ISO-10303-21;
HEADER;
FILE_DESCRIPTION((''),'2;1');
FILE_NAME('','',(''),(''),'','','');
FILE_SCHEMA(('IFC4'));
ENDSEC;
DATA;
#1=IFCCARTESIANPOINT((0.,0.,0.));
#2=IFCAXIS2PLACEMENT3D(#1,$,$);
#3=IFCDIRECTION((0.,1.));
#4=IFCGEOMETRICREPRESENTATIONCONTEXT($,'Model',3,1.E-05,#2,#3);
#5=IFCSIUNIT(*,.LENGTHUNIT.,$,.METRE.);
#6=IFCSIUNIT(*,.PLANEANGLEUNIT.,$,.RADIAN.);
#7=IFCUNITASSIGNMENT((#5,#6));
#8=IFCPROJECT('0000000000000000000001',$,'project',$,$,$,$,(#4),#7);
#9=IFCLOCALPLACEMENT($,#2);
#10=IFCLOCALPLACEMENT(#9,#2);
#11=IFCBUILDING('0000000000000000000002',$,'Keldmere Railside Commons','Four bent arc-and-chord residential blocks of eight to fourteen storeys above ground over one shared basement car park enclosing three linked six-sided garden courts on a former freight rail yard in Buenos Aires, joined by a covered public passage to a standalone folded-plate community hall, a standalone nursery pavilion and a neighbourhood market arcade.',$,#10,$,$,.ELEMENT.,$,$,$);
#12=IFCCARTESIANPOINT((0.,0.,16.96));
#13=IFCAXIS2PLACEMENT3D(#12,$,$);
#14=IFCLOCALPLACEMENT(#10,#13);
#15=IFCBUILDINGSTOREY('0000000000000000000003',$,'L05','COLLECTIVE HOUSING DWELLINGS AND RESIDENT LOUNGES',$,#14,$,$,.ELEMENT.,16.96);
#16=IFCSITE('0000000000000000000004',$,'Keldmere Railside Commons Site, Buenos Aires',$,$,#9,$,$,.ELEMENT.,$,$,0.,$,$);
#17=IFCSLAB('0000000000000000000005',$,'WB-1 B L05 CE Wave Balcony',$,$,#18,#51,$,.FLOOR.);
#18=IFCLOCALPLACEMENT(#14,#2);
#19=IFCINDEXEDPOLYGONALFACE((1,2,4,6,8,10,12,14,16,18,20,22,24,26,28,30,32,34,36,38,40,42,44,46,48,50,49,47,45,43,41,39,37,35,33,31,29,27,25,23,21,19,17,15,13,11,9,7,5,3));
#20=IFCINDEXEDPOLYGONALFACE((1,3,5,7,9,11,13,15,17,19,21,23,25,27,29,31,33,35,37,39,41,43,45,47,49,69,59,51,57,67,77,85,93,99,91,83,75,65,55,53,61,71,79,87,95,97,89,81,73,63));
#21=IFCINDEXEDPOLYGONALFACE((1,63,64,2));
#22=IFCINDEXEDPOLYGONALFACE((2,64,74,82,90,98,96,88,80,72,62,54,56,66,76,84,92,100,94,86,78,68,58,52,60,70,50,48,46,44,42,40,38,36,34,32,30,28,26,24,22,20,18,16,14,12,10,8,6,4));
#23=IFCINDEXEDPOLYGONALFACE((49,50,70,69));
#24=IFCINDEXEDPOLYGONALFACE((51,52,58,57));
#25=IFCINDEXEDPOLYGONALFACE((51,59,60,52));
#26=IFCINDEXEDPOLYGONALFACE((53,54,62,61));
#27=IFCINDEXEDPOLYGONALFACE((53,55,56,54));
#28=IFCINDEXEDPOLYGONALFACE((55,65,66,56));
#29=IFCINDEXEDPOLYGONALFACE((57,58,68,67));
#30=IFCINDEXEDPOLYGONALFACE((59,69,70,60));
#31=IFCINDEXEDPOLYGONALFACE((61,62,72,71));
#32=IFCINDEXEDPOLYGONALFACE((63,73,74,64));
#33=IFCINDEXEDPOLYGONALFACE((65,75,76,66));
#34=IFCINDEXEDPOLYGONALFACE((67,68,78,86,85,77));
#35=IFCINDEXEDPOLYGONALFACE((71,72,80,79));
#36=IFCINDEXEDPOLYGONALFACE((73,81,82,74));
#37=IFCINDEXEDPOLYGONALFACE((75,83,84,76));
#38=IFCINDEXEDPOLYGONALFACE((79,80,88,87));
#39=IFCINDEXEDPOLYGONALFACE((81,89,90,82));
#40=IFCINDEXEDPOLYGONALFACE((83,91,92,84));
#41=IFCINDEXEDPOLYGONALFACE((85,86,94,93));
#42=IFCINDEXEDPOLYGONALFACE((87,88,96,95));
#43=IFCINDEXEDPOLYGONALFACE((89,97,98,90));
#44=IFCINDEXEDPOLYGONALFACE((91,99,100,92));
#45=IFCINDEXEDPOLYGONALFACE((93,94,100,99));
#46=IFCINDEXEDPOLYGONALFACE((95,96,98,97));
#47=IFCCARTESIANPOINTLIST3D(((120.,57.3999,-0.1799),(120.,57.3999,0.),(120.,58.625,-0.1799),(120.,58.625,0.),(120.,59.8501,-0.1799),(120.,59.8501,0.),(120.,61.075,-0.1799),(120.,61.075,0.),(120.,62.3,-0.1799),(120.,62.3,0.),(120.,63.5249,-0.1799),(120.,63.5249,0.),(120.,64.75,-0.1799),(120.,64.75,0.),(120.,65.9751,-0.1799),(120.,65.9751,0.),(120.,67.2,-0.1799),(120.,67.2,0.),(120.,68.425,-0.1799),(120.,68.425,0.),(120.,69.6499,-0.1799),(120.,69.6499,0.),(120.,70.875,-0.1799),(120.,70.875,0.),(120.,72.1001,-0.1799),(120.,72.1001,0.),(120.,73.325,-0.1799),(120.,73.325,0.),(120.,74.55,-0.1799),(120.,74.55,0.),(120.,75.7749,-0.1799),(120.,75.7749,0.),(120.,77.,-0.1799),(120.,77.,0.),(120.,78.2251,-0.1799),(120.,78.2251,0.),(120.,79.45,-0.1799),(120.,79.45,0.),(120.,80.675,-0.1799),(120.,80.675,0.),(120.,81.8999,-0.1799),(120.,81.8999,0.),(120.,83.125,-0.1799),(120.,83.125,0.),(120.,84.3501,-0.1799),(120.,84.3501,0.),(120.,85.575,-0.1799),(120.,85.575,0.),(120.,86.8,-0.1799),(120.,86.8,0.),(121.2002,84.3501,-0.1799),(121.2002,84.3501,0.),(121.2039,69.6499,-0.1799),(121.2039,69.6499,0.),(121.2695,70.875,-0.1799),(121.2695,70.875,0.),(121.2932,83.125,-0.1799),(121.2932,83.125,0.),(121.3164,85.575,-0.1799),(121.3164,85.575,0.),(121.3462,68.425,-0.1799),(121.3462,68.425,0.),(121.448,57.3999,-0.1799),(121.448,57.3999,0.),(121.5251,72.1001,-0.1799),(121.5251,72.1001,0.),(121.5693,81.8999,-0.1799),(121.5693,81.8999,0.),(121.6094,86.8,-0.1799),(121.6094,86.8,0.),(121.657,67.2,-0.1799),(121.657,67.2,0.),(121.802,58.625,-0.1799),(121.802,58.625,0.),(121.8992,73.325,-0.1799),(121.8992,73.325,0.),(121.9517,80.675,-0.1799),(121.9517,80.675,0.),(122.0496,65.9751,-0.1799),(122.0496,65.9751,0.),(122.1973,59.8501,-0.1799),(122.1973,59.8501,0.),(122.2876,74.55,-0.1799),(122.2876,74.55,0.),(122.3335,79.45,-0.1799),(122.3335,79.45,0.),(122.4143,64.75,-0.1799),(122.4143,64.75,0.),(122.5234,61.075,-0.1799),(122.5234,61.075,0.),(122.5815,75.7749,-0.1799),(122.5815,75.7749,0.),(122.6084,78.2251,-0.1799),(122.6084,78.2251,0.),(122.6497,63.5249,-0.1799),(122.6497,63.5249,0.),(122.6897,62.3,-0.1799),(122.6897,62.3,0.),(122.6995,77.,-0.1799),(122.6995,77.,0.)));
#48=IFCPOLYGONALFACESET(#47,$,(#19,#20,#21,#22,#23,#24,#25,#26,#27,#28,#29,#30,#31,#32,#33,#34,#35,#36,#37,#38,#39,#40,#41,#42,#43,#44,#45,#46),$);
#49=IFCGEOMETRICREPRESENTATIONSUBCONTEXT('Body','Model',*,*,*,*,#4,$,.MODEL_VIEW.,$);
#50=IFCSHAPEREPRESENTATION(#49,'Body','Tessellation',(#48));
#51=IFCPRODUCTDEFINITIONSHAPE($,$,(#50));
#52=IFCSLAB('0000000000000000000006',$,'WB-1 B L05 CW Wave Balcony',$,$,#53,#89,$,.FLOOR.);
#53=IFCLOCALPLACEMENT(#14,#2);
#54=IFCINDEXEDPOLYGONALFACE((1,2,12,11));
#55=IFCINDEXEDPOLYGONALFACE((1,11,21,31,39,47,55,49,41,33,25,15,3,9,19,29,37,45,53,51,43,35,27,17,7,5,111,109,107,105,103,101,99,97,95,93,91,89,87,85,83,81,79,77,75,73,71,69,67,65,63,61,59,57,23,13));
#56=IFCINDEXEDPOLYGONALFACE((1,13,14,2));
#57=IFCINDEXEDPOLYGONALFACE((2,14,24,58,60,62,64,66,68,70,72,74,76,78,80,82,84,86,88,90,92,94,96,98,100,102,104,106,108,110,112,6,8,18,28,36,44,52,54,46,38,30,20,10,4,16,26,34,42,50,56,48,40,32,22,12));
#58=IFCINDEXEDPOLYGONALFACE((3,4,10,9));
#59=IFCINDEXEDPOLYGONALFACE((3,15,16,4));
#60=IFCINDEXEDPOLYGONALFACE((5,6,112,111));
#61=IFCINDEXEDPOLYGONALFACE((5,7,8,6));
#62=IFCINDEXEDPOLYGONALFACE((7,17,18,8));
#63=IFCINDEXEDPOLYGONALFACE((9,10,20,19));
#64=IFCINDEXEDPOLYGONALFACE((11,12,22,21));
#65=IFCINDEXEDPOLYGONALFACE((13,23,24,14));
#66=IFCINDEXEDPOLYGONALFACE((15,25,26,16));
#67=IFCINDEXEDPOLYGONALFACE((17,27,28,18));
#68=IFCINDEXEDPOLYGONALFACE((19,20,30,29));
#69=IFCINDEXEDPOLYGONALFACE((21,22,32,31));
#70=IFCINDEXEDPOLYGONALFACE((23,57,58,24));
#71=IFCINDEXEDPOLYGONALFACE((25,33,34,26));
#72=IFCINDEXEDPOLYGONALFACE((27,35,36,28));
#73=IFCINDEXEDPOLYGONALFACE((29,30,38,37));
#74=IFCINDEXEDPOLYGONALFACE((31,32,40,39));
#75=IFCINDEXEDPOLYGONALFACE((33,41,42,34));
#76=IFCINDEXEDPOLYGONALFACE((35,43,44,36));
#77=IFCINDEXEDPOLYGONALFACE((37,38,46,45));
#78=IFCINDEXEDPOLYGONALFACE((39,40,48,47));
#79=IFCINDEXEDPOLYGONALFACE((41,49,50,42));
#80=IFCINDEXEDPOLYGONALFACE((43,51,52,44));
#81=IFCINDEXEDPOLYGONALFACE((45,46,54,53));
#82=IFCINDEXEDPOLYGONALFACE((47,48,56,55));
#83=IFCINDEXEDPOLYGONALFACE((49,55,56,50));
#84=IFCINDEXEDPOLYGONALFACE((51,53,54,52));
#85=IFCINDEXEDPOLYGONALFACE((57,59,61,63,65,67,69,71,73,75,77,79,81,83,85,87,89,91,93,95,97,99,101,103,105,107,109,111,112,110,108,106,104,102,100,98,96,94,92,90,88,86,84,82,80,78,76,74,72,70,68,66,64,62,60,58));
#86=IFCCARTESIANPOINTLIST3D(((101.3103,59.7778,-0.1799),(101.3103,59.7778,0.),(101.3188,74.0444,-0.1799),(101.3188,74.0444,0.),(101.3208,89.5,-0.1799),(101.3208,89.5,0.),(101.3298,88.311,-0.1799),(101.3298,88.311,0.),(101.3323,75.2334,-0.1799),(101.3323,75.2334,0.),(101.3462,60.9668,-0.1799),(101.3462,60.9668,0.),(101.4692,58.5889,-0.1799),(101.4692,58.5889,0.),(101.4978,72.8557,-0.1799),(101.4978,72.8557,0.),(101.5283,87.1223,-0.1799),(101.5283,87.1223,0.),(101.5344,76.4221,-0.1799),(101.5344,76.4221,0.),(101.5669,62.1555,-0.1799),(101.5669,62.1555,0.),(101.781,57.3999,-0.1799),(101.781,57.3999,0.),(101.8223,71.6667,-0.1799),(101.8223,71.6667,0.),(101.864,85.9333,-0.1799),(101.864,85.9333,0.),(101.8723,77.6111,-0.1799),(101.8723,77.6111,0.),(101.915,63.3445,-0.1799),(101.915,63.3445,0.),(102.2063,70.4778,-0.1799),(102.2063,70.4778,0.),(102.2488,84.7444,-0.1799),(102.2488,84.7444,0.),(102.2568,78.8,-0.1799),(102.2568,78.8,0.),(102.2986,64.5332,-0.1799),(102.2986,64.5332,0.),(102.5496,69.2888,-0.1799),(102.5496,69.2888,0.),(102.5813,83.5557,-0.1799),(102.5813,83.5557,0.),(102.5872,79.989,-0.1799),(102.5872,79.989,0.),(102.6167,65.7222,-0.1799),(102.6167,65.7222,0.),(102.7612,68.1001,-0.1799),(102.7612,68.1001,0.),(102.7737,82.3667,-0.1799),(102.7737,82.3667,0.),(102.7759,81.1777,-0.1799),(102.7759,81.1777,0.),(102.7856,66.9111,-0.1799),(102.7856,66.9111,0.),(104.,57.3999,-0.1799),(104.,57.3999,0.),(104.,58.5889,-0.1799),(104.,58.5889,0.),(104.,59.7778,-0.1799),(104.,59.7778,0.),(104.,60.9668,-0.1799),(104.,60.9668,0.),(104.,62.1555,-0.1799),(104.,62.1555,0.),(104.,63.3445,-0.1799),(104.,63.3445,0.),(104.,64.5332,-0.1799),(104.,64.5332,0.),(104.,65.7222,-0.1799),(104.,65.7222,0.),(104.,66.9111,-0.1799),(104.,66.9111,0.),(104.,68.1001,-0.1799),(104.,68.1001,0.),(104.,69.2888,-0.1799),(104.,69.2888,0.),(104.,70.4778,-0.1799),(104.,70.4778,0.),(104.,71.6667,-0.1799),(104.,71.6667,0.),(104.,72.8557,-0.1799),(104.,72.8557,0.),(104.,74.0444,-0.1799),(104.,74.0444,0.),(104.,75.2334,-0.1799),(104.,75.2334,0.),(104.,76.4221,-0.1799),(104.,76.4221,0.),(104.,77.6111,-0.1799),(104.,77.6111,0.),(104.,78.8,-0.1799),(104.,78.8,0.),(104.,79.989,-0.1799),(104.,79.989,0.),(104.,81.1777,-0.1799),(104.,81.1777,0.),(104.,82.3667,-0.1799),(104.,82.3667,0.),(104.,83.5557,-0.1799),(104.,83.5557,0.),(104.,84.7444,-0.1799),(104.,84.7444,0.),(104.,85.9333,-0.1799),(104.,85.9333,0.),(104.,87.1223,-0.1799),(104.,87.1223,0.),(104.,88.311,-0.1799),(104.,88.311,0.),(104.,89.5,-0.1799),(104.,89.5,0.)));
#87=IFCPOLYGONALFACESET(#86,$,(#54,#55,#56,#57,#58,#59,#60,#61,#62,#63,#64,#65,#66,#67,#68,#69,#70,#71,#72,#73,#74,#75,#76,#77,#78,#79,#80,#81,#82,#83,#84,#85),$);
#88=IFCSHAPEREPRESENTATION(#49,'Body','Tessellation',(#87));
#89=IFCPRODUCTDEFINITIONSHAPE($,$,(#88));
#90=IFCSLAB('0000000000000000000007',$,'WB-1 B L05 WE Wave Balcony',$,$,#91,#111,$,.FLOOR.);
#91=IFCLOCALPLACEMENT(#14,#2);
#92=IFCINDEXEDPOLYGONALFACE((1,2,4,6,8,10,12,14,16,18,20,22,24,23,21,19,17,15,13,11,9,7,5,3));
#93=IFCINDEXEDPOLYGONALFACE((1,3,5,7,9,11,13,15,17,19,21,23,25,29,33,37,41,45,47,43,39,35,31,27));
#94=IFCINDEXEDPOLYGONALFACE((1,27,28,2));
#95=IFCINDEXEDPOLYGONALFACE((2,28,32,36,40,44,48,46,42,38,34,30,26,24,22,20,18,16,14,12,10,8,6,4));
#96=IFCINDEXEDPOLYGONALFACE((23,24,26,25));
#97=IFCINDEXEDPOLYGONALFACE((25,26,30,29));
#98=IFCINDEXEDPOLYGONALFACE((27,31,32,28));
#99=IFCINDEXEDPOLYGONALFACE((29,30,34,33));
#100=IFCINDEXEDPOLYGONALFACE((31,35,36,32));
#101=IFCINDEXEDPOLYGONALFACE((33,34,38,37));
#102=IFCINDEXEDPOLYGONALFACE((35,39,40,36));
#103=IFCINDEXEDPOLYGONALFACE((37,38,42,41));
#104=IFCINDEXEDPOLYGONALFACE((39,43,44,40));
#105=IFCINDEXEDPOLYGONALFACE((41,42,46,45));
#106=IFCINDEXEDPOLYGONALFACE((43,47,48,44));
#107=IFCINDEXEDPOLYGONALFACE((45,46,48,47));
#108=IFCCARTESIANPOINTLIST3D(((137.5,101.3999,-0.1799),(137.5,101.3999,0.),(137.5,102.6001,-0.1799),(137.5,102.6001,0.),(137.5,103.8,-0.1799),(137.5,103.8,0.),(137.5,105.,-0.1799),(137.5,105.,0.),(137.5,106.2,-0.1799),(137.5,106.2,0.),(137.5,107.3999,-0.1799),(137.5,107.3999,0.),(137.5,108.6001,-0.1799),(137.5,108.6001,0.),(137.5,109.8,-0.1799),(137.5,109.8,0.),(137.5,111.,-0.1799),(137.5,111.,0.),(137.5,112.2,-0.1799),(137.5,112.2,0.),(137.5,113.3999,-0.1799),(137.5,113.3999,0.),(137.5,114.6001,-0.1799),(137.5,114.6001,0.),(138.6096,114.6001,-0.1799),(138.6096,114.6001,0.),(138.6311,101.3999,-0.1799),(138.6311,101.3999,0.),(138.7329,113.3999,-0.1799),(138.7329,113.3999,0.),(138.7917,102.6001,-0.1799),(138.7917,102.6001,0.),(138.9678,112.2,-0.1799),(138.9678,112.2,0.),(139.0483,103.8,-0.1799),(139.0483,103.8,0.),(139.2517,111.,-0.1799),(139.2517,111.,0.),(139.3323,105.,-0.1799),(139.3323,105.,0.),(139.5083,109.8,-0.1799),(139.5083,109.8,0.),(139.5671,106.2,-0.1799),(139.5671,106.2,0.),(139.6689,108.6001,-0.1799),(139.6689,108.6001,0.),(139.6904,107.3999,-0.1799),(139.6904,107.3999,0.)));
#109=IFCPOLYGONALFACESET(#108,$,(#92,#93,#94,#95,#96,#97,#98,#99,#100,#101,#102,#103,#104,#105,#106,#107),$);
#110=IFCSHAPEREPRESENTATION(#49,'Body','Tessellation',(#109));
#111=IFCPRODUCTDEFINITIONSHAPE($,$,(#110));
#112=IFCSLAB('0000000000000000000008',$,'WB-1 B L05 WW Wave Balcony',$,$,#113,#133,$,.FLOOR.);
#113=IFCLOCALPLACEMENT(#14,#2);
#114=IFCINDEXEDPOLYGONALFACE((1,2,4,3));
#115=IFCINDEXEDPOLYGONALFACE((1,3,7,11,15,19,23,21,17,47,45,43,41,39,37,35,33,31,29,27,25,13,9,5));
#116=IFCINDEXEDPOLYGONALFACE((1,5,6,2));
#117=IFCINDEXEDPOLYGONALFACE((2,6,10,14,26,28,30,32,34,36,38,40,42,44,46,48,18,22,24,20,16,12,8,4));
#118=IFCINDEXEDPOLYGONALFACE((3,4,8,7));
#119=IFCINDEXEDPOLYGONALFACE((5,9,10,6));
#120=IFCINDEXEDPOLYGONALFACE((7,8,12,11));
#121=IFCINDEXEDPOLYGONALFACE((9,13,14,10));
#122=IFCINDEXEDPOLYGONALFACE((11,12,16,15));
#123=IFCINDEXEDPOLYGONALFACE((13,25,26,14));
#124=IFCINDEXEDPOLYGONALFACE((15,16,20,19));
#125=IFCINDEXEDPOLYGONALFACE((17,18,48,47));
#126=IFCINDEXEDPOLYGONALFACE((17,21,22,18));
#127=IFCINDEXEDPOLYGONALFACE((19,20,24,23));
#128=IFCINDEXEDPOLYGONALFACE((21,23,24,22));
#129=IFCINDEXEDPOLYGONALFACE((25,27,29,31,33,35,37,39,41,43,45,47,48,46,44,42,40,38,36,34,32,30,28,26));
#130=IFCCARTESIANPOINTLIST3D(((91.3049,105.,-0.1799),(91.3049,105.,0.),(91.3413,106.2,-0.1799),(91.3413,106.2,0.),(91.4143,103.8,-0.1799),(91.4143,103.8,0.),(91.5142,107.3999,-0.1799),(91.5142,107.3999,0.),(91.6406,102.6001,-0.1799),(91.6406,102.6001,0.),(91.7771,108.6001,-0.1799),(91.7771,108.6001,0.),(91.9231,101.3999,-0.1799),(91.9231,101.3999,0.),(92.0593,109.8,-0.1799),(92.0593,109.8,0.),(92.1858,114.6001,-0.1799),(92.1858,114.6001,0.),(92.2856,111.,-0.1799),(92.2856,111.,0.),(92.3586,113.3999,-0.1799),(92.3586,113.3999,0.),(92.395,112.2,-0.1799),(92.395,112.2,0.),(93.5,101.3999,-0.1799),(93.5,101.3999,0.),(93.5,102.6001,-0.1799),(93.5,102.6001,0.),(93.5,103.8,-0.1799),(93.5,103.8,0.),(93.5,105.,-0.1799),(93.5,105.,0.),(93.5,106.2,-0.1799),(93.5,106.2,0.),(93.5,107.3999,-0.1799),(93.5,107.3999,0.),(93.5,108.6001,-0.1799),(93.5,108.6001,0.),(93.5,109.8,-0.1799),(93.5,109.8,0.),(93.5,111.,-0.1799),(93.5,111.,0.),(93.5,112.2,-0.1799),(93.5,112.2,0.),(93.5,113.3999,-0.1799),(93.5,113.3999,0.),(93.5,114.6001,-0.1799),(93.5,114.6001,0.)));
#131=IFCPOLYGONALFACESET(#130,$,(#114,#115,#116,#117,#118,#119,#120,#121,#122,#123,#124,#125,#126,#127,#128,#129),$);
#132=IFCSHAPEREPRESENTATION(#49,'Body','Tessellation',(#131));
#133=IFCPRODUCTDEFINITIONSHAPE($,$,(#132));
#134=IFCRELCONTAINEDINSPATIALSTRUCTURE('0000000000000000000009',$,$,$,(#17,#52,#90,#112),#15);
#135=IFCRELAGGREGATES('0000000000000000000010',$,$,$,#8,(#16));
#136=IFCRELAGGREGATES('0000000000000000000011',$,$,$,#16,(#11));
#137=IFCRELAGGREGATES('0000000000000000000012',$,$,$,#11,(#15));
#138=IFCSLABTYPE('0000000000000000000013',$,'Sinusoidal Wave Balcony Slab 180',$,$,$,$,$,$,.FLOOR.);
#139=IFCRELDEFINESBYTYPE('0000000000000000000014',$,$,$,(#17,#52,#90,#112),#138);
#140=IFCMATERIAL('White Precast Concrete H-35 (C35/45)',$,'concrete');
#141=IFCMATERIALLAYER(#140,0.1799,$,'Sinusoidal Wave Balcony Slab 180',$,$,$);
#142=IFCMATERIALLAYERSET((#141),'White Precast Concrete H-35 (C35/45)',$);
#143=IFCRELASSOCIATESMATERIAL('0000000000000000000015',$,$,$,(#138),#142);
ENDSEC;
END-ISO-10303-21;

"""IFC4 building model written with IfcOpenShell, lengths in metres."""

from ifc_helpers import new_model, si_unit, direction, frame, origin, place, context, subcontext, project, spatial, polyline, outline, extrude, material, layer, layer_set, type_object, element, save


model = new_model("IFC4")

# Units and contexts
model_context = context("Model", 3, precision=1e-05, world=origin(), true_north=direction((0.0, 1.0)))
body_context = subcontext(model_context, "Body", "Model", "MODEL_VIEW")
ifc_project = project(units=[si_unit("LENGTHUNIT", "METRE"), si_unit("PLANEANGLEUNIT", "RADIAN")], contexts=[model_context])

# Site, building, storey
site_placement = place(None, origin())
site = spatial("IfcSite", under=ifc_project, at=site_placement, Name="Keldmere Railside Commons Site, Buenos Aires", CompositionType="ELEMENT", RefElevation=0.0)
building_placement = place(site_placement, origin())
building = spatial("IfcBuilding", under=site, at=building_placement, Name="Keldmere Railside Commons", Description="Four bent arc-and-chord residential blocks of eight to fourteen storeys above ground over one shared basement car park enclosing three linked six-sided garden courts on a former freight rail yard in Buenos Aires, joined by a covered public passage to a standalone folded-plate community hall, a standalone nursery pavilion and a neighbourhood market arcade.", CompositionType="ELEMENT")
storey_placement = place(building_placement, frame((0.0, 0.0, 16.96)))
storey = spatial("IfcBuildingStorey", under=building, at=storey_placement, Name="L05", Description="COLLECTIVE HOUSING DWELLINGS AND RESIDENT LOUNGES", CompositionType="ELEMENT", Elevation=16.96)

# Slabs
ifc_material_1 = material(Name="White Precast Concrete H-35 (C35/45)", Category="concrete")
ifc_layer_1 = layer(ifc_material_1, 0.1799, Name="Sinusoidal Wave Balcony Slab 180")
ifc_layer_set_1 = layer_set([ifc_layer_1], Name="White Precast Concrete H-35 (C35/45)")
slab_type_1 = type_object("IfcSlabType", Name="Sinusoidal Wave Balcony Slab 180", PredefinedType="FLOOR", material=ifc_layer_set_1)
slab_1_placement = place(storey_placement, frame((0.0, 0.0, -0.1799)))
element("IfcSlab", 1, at=slab_1_placement, inside=storey, type_object=slab_type_1, Name="WB-1 B L05 CE Wave Balcony", PredefinedType="FLOOR", context=body_context, shape_type="SweptSolid", body=[
    extrude(outline(polyline([(121.448, 57.3999), (121.802, 58.625), (122.1973, 59.8501), (122.5234, 61.075), (122.6897, 62.3), (122.6497, 63.5249), (122.4143, 64.75), (122.0496, 65.9751), (121.657, 67.2), (121.3462, 68.425), (121.2039, 69.6499), (121.2695, 70.875), (121.5251, 72.1001), (121.8992, 73.325), (122.2876, 74.55), (122.5815, 75.7749), (122.6995, 77.0), (122.6084, 78.2251), (122.3335, 79.45), (121.9517, 80.675), (121.5693, 81.8999), (121.2932, 83.125), (121.2002, 84.3501), (121.3164, 85.575), (121.6094, 86.8), (120.0, 86.8), (120.0, 85.575), (120.0, 84.3501), (120.0, 83.125), (120.0, 81.8999), (120.0, 80.675), (120.0, 79.45), (120.0, 78.2251), (120.0, 77.0), (120.0, 75.7749), (120.0, 74.55), (120.0, 73.325), (120.0, 72.1001), (120.0, 70.875), (120.0, 69.6499), (120.0, 68.425), (120.0, 67.2), (120.0, 65.9751), (120.0, 64.75), (120.0, 63.5249), (120.0, 62.3), (120.0, 61.075), (120.0, 59.8501), (120.0, 58.625), (120.0, 57.3999), (121.448, 57.3999)])), origin(), (0.0, 0.0, 1.0), 0.1799),
])
slab_2_placement = place(storey_placement, frame((0.0, 0.0, -0.1799)))
element("IfcSlab", 2, at=slab_2_placement, inside=storey, type_object=slab_type_1, Name="WB-1 B L05 CW Wave Balcony", PredefinedType="FLOOR", context=body_context, shape_type="SweptSolid", body=[
    extrude(outline(polyline([(104.0, 57.3999), (104.0, 58.5889), (104.0, 59.7778), (104.0, 60.9668), (104.0, 62.1555), (104.0, 63.3445), (104.0, 64.5332), (104.0, 65.7222), (104.0, 66.9111), (104.0, 68.1001), (104.0, 69.2888), (104.0, 70.4778), (104.0, 71.6667), (104.0, 72.8557), (104.0, 74.0444), (104.0, 75.2334), (104.0, 76.4221), (104.0, 77.6111), (104.0, 78.8), (104.0, 79.989), (104.0, 81.1777), (104.0, 82.3667), (104.0, 83.5557), (104.0, 84.7444), (104.0, 85.9333), (104.0, 87.1223), (104.0, 88.311), (104.0, 89.5), (101.3208, 89.5), (101.3298, 88.311), (101.5283, 87.1223), (101.864, 85.9333), (102.2488, 84.7444), (102.5813, 83.5557), (102.7737, 82.3667), (102.7759, 81.1777), (102.5872, 79.989), (102.2568, 78.8), (101.8723, 77.6111), (101.5344, 76.4221), (101.3323, 75.2334), (101.3188, 74.0444), (101.4978, 72.8557), (101.8223, 71.6667), (102.2063, 70.4778), (102.5496, 69.2888), (102.7612, 68.1001), (102.7856, 66.9111), (102.6167, 65.7222), (102.2986, 64.5332), (101.915, 63.3445), (101.5669, 62.1555), (101.3462, 60.9668), (101.3103, 59.7778), (101.4692, 58.5889), (101.781, 57.3999), (104.0, 57.3999)])), origin(), (0.0, 0.0, 1.0), 0.1799),
])
slab_3_placement = place(storey_placement, frame((0.0, 0.0, -0.1799)))
element("IfcSlab", 3, at=slab_3_placement, inside=storey, type_object=slab_type_1, Name="WB-1 B L05 WE Wave Balcony", PredefinedType="FLOOR", context=body_context, shape_type="SweptSolid", body=[
    extrude(outline(polyline([(138.6311, 101.3999), (138.7917, 102.6001), (139.0483, 103.8), (139.3323, 105.0), (139.5671, 106.2), (139.6904, 107.3999), (139.6689, 108.6001), (139.5083, 109.8), (139.2517, 111.0), (138.9678, 112.2), (138.7329, 113.3999), (138.6096, 114.6001), (137.5, 114.6001), (137.5, 113.3999), (137.5, 112.2), (137.5, 111.0), (137.5, 109.8), (137.5, 108.6001), (137.5, 107.3999), (137.5, 106.2), (137.5, 105.0), (137.5, 103.8), (137.5, 102.6001), (137.5, 101.3999), (138.6311, 101.3999)])), origin(), (0.0, 0.0, 1.0), 0.1799),
])
slab_4_placement = place(storey_placement, frame((0.0, 0.0, -0.1799)))
element("IfcSlab", 4, at=slab_4_placement, inside=storey, type_object=slab_type_1, Name="WB-1 B L05 WW Wave Balcony", PredefinedType="FLOOR", context=body_context, shape_type="SweptSolid", body=[
    extrude(outline(polyline([(93.5, 101.3999), (93.5, 102.6001), (93.5, 103.8), (93.5, 105.0), (93.5, 106.2), (93.5, 107.3999), (93.5, 108.6001), (93.5, 109.8), (93.5, 111.0), (93.5, 112.2), (93.5, 113.3999), (93.5, 114.6001), (92.1858, 114.6001), (92.3586, 113.3999), (92.395, 112.2), (92.2856, 111.0), (92.0593, 109.8), (91.7771, 108.6001), (91.5142, 107.3999), (91.3413, 106.2), (91.3049, 105.0), (91.4143, 103.8), (91.6406, 102.6001), (91.9231, 101.3999), (93.5, 101.3999)])), origin(), (0.0, 0.0, 1.0), 0.1799),
])

save(model, "model.ifc")
